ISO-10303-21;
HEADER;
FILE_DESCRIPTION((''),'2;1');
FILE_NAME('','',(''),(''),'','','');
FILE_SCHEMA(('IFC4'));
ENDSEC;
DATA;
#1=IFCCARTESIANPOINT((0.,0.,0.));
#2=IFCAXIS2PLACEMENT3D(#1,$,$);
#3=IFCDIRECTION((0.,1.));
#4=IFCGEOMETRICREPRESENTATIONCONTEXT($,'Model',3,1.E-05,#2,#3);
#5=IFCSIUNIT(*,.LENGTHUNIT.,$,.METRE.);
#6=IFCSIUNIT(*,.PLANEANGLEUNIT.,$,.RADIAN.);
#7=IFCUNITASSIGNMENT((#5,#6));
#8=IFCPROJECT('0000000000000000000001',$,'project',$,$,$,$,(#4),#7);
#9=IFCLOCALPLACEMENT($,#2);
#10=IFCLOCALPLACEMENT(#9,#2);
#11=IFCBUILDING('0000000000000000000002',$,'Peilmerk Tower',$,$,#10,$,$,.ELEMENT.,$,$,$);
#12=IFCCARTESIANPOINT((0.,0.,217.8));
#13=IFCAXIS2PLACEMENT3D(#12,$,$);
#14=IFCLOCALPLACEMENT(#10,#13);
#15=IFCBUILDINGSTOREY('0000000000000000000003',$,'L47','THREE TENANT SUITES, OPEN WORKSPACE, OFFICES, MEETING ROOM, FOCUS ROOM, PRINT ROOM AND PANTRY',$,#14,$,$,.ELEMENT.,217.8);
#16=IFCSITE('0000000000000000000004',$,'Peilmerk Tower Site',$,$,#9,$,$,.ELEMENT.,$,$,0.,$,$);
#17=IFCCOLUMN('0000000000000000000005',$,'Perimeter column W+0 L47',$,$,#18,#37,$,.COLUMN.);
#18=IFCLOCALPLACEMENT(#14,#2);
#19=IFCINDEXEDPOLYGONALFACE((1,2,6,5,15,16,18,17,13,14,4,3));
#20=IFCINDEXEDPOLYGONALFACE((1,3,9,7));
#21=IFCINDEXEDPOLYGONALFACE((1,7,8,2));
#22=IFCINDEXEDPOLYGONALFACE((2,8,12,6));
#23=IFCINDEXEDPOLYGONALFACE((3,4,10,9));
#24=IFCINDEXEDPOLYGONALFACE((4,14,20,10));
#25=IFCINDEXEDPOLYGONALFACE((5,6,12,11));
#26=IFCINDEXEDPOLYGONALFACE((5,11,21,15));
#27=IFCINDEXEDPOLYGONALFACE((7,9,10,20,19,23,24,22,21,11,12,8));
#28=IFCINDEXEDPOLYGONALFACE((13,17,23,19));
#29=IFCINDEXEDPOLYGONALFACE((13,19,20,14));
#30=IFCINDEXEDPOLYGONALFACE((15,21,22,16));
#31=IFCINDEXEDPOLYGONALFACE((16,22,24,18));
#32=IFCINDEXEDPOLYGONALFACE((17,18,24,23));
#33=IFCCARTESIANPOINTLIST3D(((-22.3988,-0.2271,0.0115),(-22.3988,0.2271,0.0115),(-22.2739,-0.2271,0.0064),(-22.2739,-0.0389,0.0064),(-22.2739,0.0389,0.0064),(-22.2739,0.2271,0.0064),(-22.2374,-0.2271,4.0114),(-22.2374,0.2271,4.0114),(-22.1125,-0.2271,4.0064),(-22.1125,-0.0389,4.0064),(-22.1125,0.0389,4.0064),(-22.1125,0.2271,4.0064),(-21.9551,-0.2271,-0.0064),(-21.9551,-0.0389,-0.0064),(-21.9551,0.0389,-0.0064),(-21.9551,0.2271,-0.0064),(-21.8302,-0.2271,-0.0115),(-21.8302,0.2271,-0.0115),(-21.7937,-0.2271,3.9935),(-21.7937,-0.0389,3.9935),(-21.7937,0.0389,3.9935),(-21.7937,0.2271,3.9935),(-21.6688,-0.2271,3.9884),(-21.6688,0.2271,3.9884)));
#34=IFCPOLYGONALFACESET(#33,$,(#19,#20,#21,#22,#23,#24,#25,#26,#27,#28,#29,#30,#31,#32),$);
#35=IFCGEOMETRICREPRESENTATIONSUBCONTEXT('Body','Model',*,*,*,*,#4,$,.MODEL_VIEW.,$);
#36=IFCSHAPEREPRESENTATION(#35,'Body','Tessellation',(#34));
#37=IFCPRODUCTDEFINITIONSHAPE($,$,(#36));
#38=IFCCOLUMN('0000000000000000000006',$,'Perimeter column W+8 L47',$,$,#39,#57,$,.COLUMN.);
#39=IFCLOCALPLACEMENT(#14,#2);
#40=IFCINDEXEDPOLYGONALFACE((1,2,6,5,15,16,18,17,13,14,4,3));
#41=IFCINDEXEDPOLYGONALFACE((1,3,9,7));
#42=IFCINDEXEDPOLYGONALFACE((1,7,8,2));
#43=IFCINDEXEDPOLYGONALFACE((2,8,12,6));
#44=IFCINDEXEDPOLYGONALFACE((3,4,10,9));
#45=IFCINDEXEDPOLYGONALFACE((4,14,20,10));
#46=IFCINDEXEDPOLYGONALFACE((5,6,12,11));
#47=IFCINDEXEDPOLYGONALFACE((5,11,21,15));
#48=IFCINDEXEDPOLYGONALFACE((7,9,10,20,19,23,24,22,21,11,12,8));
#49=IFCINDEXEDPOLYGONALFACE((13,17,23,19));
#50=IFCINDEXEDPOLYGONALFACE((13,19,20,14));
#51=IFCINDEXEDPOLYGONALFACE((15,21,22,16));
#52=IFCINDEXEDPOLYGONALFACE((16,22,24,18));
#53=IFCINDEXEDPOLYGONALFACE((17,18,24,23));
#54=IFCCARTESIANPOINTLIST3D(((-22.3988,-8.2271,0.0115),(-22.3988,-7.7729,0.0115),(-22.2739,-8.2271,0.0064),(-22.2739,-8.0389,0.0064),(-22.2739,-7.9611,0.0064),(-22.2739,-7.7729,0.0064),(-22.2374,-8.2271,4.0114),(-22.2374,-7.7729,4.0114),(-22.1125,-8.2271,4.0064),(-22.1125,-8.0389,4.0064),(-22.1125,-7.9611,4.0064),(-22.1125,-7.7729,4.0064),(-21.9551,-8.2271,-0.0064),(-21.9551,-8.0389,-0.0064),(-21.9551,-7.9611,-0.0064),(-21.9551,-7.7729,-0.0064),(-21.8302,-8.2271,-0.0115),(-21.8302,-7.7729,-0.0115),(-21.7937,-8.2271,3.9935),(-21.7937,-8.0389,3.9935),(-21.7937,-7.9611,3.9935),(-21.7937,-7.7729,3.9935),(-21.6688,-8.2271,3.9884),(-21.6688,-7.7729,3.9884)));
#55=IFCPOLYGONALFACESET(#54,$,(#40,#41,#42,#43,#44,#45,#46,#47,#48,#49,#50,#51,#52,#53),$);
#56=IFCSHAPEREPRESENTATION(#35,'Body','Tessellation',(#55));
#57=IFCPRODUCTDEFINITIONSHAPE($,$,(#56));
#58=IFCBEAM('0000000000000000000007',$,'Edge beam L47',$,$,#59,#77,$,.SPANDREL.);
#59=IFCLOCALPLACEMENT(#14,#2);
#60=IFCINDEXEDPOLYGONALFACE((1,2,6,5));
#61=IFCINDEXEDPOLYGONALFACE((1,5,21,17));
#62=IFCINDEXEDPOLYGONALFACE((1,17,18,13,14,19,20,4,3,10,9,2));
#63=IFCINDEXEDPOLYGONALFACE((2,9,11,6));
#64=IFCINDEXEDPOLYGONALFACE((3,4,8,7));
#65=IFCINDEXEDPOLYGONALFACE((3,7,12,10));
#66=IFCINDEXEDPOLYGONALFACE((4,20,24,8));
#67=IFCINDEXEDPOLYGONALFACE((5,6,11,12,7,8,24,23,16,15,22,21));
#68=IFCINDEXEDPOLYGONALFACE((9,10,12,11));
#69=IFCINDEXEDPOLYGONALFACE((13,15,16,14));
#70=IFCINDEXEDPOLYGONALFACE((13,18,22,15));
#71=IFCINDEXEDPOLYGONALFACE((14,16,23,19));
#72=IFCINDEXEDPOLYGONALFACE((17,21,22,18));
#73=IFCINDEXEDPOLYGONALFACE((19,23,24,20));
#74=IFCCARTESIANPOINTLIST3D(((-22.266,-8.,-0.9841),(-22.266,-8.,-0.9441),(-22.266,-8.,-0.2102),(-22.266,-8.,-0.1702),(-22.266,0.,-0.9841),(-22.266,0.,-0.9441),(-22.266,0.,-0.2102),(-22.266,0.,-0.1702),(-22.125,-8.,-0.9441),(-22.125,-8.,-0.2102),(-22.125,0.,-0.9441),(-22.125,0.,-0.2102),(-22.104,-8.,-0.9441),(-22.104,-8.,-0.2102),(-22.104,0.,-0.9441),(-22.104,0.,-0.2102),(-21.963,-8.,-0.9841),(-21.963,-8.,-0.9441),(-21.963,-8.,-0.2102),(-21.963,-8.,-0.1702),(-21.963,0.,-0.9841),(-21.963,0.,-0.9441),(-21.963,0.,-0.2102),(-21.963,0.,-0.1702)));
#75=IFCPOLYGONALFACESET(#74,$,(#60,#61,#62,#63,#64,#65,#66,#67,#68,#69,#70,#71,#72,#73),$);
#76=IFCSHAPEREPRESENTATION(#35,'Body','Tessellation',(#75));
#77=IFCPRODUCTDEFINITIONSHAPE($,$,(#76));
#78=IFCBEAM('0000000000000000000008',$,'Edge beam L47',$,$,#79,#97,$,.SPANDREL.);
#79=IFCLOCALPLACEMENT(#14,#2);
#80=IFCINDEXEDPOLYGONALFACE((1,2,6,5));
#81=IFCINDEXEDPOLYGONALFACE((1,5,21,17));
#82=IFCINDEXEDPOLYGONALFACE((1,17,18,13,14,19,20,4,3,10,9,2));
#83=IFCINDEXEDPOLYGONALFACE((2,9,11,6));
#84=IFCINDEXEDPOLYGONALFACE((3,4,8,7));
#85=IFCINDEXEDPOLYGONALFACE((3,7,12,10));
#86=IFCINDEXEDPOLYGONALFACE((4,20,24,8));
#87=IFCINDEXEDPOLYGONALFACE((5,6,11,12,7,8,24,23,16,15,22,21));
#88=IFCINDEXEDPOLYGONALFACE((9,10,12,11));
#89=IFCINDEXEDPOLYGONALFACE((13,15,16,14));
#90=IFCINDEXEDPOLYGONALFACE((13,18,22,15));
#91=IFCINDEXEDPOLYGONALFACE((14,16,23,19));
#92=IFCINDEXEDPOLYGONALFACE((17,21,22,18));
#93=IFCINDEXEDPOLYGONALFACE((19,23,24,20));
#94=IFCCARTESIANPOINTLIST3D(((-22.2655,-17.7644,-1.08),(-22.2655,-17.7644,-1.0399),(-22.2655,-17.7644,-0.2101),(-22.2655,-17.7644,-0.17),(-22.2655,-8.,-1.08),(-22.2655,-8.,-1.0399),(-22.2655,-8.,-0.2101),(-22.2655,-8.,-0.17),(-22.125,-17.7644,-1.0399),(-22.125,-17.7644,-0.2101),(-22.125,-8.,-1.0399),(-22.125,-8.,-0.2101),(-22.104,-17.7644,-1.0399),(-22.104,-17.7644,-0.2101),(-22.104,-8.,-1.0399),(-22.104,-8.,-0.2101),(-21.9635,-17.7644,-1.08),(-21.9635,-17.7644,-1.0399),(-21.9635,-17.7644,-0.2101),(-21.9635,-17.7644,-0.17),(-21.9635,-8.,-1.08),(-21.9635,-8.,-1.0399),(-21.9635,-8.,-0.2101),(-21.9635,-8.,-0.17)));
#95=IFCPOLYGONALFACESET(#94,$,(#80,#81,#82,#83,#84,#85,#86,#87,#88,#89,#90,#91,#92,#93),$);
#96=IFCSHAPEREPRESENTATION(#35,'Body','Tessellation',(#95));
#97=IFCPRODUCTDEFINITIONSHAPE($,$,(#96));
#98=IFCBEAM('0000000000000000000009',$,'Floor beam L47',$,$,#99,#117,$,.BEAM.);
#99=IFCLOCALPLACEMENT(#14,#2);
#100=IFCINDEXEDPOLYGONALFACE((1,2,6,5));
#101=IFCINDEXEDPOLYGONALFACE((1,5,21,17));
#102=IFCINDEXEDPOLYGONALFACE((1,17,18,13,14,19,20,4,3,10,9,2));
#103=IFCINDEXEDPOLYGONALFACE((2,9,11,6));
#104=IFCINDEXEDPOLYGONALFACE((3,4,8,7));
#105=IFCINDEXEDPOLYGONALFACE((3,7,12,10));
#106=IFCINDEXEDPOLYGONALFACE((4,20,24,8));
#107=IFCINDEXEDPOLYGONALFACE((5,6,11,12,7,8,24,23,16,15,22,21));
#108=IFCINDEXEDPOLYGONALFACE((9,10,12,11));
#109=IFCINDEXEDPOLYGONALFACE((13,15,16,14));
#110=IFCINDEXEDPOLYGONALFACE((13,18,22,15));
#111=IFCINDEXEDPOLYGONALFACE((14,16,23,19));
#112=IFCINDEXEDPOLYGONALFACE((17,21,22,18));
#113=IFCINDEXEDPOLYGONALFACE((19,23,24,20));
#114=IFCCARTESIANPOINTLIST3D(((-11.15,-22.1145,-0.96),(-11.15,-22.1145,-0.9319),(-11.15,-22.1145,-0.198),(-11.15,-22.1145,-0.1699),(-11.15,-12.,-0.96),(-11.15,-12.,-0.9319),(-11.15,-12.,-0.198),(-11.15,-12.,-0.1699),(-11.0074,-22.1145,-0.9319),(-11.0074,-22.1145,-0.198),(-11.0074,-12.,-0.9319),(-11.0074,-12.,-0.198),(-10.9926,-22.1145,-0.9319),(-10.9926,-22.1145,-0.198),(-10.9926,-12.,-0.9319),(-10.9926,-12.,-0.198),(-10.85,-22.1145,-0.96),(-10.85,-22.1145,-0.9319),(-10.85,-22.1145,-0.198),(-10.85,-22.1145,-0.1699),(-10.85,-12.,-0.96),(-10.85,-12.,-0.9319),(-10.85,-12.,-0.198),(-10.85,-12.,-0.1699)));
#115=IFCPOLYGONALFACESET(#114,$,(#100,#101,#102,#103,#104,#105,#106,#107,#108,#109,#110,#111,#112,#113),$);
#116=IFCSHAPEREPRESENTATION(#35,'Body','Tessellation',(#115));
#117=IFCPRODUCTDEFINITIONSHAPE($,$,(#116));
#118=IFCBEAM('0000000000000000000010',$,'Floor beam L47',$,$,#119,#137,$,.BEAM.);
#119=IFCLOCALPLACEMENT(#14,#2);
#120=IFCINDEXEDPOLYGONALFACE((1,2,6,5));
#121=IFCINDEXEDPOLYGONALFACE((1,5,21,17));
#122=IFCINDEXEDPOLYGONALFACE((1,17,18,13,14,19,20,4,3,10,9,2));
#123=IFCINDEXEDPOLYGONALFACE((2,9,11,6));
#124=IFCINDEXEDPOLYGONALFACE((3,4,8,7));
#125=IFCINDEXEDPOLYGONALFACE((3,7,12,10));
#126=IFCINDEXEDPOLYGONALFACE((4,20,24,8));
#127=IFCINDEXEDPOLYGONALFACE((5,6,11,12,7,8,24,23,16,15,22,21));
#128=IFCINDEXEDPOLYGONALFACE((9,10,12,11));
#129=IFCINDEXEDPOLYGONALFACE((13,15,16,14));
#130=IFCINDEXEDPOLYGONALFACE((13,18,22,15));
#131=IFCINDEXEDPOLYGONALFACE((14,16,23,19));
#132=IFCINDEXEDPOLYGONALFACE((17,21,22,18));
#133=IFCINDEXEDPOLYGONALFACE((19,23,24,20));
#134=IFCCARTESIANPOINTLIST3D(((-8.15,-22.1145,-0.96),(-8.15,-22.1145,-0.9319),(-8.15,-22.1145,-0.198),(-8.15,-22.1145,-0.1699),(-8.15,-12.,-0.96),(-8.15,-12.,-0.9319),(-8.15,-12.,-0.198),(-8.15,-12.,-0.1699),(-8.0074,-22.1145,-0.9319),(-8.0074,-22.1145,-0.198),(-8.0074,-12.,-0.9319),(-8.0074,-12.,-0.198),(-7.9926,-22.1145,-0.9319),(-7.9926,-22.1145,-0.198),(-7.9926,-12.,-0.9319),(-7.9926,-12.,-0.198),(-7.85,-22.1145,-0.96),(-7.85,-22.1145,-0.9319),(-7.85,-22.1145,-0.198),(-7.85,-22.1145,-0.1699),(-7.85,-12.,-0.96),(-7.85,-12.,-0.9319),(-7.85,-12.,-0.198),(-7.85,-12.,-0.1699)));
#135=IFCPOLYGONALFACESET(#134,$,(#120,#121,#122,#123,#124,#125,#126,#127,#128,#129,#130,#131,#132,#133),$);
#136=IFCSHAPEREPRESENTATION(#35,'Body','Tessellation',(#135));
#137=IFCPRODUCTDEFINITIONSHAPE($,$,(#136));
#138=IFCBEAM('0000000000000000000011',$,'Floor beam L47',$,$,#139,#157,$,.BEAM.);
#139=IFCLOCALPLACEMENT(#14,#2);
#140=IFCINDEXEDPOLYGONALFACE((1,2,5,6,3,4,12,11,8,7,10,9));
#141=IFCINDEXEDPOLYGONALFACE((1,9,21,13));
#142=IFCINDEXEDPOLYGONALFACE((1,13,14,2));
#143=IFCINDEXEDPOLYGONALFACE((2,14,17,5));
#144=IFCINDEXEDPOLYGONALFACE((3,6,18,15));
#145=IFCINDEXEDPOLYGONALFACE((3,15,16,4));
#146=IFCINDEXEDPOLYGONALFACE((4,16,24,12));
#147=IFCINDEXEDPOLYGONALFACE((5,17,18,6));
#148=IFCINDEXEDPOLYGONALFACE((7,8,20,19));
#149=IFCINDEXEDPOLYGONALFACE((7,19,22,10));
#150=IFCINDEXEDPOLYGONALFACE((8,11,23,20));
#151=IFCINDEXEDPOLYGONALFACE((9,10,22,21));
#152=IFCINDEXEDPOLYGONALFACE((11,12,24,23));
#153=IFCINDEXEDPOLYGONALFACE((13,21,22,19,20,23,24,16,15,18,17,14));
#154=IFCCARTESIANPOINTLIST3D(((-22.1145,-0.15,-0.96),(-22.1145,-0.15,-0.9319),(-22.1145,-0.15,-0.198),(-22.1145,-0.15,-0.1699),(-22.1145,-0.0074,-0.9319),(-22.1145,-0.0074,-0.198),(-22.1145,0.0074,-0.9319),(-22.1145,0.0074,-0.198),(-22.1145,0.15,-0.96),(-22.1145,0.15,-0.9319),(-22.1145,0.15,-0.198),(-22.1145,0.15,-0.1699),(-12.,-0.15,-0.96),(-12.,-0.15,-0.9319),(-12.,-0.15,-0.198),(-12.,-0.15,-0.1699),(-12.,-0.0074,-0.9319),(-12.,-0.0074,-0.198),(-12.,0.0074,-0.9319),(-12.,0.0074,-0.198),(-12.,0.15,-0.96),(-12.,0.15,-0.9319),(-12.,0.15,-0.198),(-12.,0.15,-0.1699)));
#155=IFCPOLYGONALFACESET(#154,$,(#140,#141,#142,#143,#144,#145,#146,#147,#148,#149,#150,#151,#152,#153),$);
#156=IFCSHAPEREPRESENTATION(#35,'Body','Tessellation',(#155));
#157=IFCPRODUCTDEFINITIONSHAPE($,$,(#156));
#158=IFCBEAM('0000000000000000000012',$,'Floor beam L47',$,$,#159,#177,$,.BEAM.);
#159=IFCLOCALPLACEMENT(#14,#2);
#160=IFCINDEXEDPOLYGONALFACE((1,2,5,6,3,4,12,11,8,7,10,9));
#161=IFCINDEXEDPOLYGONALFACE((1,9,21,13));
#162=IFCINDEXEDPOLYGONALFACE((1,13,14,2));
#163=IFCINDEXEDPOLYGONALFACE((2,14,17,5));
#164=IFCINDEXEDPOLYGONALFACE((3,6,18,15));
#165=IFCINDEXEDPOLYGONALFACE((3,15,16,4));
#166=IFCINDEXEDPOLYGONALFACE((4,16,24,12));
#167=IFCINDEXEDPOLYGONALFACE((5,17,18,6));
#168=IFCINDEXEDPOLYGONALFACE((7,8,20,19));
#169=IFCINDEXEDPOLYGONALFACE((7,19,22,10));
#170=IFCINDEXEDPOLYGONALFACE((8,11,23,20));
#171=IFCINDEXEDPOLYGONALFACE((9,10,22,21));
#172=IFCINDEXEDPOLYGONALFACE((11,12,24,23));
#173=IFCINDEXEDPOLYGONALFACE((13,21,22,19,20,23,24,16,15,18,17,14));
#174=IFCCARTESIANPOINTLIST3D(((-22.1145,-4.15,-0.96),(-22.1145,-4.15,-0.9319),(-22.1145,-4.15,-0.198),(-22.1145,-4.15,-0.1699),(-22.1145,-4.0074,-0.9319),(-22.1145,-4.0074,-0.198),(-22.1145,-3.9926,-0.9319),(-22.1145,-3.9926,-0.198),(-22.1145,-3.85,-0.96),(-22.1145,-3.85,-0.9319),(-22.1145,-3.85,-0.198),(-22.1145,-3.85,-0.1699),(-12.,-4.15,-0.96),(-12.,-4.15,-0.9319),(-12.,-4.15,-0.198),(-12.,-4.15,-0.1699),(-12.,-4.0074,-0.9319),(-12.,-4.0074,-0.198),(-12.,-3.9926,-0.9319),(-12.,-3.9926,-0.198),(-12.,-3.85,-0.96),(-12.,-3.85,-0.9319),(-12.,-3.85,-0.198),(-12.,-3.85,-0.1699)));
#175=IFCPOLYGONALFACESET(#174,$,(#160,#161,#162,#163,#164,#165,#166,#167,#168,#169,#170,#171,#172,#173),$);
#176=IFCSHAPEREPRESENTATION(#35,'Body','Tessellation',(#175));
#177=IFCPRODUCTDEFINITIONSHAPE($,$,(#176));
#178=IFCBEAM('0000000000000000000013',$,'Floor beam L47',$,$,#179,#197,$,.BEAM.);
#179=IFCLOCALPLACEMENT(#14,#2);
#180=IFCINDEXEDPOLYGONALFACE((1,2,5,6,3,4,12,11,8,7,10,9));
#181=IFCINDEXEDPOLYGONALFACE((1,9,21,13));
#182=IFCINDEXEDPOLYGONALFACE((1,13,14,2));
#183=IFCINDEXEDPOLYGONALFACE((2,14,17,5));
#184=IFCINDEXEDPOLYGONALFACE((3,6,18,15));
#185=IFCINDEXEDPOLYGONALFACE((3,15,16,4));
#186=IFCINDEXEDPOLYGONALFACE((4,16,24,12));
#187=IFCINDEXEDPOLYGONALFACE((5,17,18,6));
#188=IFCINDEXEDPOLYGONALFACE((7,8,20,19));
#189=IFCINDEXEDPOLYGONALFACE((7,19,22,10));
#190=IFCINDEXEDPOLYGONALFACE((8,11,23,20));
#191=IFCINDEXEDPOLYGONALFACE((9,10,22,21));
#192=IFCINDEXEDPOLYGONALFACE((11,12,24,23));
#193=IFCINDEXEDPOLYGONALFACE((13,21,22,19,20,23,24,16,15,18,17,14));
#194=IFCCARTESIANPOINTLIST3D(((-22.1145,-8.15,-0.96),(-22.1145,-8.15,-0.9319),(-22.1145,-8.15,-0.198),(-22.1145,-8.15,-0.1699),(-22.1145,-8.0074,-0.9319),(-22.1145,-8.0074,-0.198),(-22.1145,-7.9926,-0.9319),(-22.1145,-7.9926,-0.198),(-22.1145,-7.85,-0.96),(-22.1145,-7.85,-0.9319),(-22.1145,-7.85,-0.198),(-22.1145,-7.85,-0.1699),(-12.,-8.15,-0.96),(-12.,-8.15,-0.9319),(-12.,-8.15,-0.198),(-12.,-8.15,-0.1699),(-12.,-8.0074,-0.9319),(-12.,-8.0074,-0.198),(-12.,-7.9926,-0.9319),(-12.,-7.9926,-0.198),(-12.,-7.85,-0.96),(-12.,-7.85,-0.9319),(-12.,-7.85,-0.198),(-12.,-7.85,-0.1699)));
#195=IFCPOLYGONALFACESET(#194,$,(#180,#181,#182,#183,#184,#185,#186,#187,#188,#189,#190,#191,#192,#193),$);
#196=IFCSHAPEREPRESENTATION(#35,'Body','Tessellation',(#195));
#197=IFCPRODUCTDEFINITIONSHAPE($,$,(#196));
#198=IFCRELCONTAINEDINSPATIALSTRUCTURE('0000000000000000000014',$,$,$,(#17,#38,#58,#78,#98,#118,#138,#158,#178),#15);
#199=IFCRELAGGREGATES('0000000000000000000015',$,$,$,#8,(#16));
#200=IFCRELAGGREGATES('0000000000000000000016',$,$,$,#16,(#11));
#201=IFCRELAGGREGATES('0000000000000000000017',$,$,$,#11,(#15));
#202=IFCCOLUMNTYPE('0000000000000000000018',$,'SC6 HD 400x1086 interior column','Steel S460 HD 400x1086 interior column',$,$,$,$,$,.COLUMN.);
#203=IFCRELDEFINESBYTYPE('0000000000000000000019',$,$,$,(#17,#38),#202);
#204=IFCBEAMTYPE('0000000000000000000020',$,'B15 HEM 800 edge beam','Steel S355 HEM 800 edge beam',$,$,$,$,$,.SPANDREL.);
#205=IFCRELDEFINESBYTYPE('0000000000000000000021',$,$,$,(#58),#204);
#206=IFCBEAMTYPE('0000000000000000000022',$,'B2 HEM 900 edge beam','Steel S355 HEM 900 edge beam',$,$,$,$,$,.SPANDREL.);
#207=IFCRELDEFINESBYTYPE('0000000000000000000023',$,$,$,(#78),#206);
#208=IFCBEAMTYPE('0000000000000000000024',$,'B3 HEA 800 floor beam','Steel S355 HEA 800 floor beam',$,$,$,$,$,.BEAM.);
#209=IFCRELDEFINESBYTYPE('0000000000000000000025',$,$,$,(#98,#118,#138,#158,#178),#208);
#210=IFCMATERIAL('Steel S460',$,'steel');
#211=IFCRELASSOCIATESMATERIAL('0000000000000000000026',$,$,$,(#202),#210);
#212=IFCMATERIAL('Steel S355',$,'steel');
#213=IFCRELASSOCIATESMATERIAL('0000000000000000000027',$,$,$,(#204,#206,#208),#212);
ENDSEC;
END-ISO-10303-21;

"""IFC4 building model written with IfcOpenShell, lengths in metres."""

from ifc_helpers import new_model, si_unit, direction, frame, origin, origin_2d, place, context, subcontext, project, spatial, i_section, extrude, material, material_profile, profile_set, type_object, element, save


model = new_model("IFC4")

# Units and contexts
model_context = context("Model", 3, precision=1e-05, world=origin(), true_north=direction((0.0, 1.0)))
body_context = subcontext(model_context, "Body", "Model", "MODEL_VIEW")
ifc_project = project(units=[si_unit("LENGTHUNIT", "METRE"), si_unit("PLANEANGLEUNIT", "RADIAN")], contexts=[model_context])

# Site, building, storey
site_placement = place(None, origin())
site = spatial("IfcSite", under=ifc_project, at=site_placement, Name="Peilmerk Tower Site", CompositionType="ELEMENT", RefElevation=0.0)
building_placement = place(site_placement, origin())
building = spatial("IfcBuilding", under=site, at=building_placement, Name="Peilmerk Tower", CompositionType="ELEMENT")
storey_placement = place(building_placement, frame((0.0, 0.0, 217.8)))
storey = spatial("IfcBuildingStorey", under=building, at=storey_placement, Name="L47", Description="THREE TENANT SUITES, OPEN WORKSPACE, OFFICES, MEETING ROOM, FOCUS ROOM, PRINT ROOM AND PANTRY", CompositionType="ELEMENT", Elevation=217.8)

# Columns
ifc_material_1 = material(Name="Steel S460", Category="steel")
ifc_material_profile_1 = material_profile(ifc_material_1, i_section(OverallWidth=0.4541, OverallDepth=0.5691, WebThickness=0.0779, FlangeThickness=0.125, at=origin_2d()), Name="HD 400x1086")
ifc_profile_set_1 = profile_set([ifc_material_profile_1], Name="Steel S460")
column_type = type_object("IfcColumnType", Name="SC6 HD 400x1086 interior column", Description="Steel S460 HD 400x1086 interior column", PredefinedType="COLUMN", material=ifc_profile_set_1)
for number, where, z_axis, x_axis, name in (
    (1, (-22.1145, 0.0, 0.0), (0.040311, 0.0, 0.999187), (0.0, 1.0, 0.0), "Perimeter column W+0 L47"),
    (2, (-22.1145, -8.0, 0.0), (0.040311, 0.0, 0.999187), (0.0, 1.0, 0.0), "Perimeter column W+8 L47"),
):
    element("IfcColumn", number, at=place(storey_placement, frame(where, z_axis=z_axis, x_axis=x_axis)), inside=storey, type_object=column_type, Name=name, PredefinedType="COLUMN", context=body_context, shape_type="SweptSolid", body=[
        extrude(i_section(OverallWidth=0.4541, OverallDepth=0.5691, WebThickness=0.0779, FlangeThickness=0.125, at=origin_2d()), origin(), (0.0, 0.0, 1.0), 4.0032),
    ])

# Beams
ifc_material_2 = material(Name="Steel S355", Category="steel")
ifc_material_profile_2 = material_profile(ifc_material_2, i_section(OverallWidth=0.303, OverallDepth=0.814, WebThickness=0.021, FlangeThickness=0.04, at=origin_2d()), Name="HEM 800")
ifc_profile_set_2 = profile_set([ifc_material_profile_2], Name="Steel S355")
beam_type_1 = type_object("IfcBeamType", Name="B15 HEM 800 edge beam", Description="Steel S355 HEM 800 edge beam", PredefinedType="SPANDREL", material=ifc_profile_set_2)
beam_1_placement = place(storey_placement, frame((-22.1145, 0.0, -0.5771), z_axis=(0.0, -1.0, 0.0), x_axis=(1.0, 0.0, 0.0)))
element("IfcBeam", 3, at=beam_1_placement, inside=storey, type_object=beam_type_1, Name="Edge beam L47", PredefinedType="SPANDREL", context=body_context, shape_type="SweptSolid", body=[
    extrude(i_section(OverallWidth=0.303, OverallDepth=0.814, WebThickness=0.021, FlangeThickness=0.04, at=origin_2d()), origin(), (0.0, 0.0, 1.0), 8.0),
])
ifc_material_profile_3 = material_profile(ifc_material_2, i_section(OverallWidth=0.302, OverallDepth=0.9099, WebThickness=0.021, FlangeThickness=0.04, at=origin_2d()), Name="HEM 900")
ifc_profile_set_3 = profile_set([ifc_material_profile_3], Name="Steel S355")
beam_type_2 = type_object("IfcBeamType", Name="B2 HEM 900 edge beam", Description="Steel S355 HEM 900 edge beam", PredefinedType="SPANDREL", material=ifc_profile_set_3)
beam_2_placement = place(storey_placement, frame((-22.1145, -8.0, -0.625), z_axis=(0.0, -1.0, 0.0), x_axis=(1.0, 0.0, 0.0)))
element("IfcBeam", 4, at=beam_2_placement, inside=storey, type_object=beam_type_2, Name="Edge beam L47", PredefinedType="SPANDREL", context=body_context, shape_type="SweptSolid", body=[
    extrude(i_section(OverallWidth=0.302, OverallDepth=0.9099, WebThickness=0.021, FlangeThickness=0.04, at=origin_2d()), origin(), (0.0, 0.0, 1.0), 9.7644),
])
ifc_material_profile_4 = material_profile(ifc_material_2, i_section(OverallWidth=0.3, OverallDepth=0.79, WebThickness=0.0149, FlangeThickness=0.0281, at=origin_2d()), Name="HEA 800")
ifc_profile_set_4 = profile_set([ifc_material_profile_4], Name="Steel S355")
beam_type_3 = type_object("IfcBeamType", Name="B3 HEA 800 floor beam", Description="Steel S355 HEA 800 floor beam", PredefinedType="BEAM", material=ifc_profile_set_4)
for number, where, z_axis, x_axis, name in (
    (5, (-11.0, -12.0, -0.5649), (0.0, -1.0, 0.0), (1.0, 0.0, 0.0), "Floor beam L47"),
    (6, (-8.0, -12.0, -0.5649), (0.0, -1.0, 0.0), (1.0, 0.0, 0.0), "Floor beam L47"),
    (7, (-12.0, 0.0, -0.5649), (-1.0, 0.0, 0.0), (0.0, -1.0, 0.0), "Floor beam L47"),
    (8, (-12.0, -4.0, -0.5649), (-1.0, 0.0, 0.0), (0.0, -1.0, 0.0), "Floor beam L47"),
    (9, (-12.0, -8.0, -0.5649), (-1.0, 0.0, 0.0), (0.0, -1.0, 0.0), "Floor beam L47"),
):
    element("IfcBeam", number, at=place(storey_placement, frame(where, z_axis=z_axis, x_axis=x_axis)), inside=storey, type_object=beam_type_3, Name=name, PredefinedType="BEAM", context=body_context, shape_type="SweptSolid", body=[
        extrude(i_section(OverallWidth=0.3, OverallDepth=0.79, WebThickness=0.0149, FlangeThickness=0.0281, at=origin_2d()), origin(), (0.0, 0.0, 1.0), 10.1145),
    ])

save(model, "model.ifc")
